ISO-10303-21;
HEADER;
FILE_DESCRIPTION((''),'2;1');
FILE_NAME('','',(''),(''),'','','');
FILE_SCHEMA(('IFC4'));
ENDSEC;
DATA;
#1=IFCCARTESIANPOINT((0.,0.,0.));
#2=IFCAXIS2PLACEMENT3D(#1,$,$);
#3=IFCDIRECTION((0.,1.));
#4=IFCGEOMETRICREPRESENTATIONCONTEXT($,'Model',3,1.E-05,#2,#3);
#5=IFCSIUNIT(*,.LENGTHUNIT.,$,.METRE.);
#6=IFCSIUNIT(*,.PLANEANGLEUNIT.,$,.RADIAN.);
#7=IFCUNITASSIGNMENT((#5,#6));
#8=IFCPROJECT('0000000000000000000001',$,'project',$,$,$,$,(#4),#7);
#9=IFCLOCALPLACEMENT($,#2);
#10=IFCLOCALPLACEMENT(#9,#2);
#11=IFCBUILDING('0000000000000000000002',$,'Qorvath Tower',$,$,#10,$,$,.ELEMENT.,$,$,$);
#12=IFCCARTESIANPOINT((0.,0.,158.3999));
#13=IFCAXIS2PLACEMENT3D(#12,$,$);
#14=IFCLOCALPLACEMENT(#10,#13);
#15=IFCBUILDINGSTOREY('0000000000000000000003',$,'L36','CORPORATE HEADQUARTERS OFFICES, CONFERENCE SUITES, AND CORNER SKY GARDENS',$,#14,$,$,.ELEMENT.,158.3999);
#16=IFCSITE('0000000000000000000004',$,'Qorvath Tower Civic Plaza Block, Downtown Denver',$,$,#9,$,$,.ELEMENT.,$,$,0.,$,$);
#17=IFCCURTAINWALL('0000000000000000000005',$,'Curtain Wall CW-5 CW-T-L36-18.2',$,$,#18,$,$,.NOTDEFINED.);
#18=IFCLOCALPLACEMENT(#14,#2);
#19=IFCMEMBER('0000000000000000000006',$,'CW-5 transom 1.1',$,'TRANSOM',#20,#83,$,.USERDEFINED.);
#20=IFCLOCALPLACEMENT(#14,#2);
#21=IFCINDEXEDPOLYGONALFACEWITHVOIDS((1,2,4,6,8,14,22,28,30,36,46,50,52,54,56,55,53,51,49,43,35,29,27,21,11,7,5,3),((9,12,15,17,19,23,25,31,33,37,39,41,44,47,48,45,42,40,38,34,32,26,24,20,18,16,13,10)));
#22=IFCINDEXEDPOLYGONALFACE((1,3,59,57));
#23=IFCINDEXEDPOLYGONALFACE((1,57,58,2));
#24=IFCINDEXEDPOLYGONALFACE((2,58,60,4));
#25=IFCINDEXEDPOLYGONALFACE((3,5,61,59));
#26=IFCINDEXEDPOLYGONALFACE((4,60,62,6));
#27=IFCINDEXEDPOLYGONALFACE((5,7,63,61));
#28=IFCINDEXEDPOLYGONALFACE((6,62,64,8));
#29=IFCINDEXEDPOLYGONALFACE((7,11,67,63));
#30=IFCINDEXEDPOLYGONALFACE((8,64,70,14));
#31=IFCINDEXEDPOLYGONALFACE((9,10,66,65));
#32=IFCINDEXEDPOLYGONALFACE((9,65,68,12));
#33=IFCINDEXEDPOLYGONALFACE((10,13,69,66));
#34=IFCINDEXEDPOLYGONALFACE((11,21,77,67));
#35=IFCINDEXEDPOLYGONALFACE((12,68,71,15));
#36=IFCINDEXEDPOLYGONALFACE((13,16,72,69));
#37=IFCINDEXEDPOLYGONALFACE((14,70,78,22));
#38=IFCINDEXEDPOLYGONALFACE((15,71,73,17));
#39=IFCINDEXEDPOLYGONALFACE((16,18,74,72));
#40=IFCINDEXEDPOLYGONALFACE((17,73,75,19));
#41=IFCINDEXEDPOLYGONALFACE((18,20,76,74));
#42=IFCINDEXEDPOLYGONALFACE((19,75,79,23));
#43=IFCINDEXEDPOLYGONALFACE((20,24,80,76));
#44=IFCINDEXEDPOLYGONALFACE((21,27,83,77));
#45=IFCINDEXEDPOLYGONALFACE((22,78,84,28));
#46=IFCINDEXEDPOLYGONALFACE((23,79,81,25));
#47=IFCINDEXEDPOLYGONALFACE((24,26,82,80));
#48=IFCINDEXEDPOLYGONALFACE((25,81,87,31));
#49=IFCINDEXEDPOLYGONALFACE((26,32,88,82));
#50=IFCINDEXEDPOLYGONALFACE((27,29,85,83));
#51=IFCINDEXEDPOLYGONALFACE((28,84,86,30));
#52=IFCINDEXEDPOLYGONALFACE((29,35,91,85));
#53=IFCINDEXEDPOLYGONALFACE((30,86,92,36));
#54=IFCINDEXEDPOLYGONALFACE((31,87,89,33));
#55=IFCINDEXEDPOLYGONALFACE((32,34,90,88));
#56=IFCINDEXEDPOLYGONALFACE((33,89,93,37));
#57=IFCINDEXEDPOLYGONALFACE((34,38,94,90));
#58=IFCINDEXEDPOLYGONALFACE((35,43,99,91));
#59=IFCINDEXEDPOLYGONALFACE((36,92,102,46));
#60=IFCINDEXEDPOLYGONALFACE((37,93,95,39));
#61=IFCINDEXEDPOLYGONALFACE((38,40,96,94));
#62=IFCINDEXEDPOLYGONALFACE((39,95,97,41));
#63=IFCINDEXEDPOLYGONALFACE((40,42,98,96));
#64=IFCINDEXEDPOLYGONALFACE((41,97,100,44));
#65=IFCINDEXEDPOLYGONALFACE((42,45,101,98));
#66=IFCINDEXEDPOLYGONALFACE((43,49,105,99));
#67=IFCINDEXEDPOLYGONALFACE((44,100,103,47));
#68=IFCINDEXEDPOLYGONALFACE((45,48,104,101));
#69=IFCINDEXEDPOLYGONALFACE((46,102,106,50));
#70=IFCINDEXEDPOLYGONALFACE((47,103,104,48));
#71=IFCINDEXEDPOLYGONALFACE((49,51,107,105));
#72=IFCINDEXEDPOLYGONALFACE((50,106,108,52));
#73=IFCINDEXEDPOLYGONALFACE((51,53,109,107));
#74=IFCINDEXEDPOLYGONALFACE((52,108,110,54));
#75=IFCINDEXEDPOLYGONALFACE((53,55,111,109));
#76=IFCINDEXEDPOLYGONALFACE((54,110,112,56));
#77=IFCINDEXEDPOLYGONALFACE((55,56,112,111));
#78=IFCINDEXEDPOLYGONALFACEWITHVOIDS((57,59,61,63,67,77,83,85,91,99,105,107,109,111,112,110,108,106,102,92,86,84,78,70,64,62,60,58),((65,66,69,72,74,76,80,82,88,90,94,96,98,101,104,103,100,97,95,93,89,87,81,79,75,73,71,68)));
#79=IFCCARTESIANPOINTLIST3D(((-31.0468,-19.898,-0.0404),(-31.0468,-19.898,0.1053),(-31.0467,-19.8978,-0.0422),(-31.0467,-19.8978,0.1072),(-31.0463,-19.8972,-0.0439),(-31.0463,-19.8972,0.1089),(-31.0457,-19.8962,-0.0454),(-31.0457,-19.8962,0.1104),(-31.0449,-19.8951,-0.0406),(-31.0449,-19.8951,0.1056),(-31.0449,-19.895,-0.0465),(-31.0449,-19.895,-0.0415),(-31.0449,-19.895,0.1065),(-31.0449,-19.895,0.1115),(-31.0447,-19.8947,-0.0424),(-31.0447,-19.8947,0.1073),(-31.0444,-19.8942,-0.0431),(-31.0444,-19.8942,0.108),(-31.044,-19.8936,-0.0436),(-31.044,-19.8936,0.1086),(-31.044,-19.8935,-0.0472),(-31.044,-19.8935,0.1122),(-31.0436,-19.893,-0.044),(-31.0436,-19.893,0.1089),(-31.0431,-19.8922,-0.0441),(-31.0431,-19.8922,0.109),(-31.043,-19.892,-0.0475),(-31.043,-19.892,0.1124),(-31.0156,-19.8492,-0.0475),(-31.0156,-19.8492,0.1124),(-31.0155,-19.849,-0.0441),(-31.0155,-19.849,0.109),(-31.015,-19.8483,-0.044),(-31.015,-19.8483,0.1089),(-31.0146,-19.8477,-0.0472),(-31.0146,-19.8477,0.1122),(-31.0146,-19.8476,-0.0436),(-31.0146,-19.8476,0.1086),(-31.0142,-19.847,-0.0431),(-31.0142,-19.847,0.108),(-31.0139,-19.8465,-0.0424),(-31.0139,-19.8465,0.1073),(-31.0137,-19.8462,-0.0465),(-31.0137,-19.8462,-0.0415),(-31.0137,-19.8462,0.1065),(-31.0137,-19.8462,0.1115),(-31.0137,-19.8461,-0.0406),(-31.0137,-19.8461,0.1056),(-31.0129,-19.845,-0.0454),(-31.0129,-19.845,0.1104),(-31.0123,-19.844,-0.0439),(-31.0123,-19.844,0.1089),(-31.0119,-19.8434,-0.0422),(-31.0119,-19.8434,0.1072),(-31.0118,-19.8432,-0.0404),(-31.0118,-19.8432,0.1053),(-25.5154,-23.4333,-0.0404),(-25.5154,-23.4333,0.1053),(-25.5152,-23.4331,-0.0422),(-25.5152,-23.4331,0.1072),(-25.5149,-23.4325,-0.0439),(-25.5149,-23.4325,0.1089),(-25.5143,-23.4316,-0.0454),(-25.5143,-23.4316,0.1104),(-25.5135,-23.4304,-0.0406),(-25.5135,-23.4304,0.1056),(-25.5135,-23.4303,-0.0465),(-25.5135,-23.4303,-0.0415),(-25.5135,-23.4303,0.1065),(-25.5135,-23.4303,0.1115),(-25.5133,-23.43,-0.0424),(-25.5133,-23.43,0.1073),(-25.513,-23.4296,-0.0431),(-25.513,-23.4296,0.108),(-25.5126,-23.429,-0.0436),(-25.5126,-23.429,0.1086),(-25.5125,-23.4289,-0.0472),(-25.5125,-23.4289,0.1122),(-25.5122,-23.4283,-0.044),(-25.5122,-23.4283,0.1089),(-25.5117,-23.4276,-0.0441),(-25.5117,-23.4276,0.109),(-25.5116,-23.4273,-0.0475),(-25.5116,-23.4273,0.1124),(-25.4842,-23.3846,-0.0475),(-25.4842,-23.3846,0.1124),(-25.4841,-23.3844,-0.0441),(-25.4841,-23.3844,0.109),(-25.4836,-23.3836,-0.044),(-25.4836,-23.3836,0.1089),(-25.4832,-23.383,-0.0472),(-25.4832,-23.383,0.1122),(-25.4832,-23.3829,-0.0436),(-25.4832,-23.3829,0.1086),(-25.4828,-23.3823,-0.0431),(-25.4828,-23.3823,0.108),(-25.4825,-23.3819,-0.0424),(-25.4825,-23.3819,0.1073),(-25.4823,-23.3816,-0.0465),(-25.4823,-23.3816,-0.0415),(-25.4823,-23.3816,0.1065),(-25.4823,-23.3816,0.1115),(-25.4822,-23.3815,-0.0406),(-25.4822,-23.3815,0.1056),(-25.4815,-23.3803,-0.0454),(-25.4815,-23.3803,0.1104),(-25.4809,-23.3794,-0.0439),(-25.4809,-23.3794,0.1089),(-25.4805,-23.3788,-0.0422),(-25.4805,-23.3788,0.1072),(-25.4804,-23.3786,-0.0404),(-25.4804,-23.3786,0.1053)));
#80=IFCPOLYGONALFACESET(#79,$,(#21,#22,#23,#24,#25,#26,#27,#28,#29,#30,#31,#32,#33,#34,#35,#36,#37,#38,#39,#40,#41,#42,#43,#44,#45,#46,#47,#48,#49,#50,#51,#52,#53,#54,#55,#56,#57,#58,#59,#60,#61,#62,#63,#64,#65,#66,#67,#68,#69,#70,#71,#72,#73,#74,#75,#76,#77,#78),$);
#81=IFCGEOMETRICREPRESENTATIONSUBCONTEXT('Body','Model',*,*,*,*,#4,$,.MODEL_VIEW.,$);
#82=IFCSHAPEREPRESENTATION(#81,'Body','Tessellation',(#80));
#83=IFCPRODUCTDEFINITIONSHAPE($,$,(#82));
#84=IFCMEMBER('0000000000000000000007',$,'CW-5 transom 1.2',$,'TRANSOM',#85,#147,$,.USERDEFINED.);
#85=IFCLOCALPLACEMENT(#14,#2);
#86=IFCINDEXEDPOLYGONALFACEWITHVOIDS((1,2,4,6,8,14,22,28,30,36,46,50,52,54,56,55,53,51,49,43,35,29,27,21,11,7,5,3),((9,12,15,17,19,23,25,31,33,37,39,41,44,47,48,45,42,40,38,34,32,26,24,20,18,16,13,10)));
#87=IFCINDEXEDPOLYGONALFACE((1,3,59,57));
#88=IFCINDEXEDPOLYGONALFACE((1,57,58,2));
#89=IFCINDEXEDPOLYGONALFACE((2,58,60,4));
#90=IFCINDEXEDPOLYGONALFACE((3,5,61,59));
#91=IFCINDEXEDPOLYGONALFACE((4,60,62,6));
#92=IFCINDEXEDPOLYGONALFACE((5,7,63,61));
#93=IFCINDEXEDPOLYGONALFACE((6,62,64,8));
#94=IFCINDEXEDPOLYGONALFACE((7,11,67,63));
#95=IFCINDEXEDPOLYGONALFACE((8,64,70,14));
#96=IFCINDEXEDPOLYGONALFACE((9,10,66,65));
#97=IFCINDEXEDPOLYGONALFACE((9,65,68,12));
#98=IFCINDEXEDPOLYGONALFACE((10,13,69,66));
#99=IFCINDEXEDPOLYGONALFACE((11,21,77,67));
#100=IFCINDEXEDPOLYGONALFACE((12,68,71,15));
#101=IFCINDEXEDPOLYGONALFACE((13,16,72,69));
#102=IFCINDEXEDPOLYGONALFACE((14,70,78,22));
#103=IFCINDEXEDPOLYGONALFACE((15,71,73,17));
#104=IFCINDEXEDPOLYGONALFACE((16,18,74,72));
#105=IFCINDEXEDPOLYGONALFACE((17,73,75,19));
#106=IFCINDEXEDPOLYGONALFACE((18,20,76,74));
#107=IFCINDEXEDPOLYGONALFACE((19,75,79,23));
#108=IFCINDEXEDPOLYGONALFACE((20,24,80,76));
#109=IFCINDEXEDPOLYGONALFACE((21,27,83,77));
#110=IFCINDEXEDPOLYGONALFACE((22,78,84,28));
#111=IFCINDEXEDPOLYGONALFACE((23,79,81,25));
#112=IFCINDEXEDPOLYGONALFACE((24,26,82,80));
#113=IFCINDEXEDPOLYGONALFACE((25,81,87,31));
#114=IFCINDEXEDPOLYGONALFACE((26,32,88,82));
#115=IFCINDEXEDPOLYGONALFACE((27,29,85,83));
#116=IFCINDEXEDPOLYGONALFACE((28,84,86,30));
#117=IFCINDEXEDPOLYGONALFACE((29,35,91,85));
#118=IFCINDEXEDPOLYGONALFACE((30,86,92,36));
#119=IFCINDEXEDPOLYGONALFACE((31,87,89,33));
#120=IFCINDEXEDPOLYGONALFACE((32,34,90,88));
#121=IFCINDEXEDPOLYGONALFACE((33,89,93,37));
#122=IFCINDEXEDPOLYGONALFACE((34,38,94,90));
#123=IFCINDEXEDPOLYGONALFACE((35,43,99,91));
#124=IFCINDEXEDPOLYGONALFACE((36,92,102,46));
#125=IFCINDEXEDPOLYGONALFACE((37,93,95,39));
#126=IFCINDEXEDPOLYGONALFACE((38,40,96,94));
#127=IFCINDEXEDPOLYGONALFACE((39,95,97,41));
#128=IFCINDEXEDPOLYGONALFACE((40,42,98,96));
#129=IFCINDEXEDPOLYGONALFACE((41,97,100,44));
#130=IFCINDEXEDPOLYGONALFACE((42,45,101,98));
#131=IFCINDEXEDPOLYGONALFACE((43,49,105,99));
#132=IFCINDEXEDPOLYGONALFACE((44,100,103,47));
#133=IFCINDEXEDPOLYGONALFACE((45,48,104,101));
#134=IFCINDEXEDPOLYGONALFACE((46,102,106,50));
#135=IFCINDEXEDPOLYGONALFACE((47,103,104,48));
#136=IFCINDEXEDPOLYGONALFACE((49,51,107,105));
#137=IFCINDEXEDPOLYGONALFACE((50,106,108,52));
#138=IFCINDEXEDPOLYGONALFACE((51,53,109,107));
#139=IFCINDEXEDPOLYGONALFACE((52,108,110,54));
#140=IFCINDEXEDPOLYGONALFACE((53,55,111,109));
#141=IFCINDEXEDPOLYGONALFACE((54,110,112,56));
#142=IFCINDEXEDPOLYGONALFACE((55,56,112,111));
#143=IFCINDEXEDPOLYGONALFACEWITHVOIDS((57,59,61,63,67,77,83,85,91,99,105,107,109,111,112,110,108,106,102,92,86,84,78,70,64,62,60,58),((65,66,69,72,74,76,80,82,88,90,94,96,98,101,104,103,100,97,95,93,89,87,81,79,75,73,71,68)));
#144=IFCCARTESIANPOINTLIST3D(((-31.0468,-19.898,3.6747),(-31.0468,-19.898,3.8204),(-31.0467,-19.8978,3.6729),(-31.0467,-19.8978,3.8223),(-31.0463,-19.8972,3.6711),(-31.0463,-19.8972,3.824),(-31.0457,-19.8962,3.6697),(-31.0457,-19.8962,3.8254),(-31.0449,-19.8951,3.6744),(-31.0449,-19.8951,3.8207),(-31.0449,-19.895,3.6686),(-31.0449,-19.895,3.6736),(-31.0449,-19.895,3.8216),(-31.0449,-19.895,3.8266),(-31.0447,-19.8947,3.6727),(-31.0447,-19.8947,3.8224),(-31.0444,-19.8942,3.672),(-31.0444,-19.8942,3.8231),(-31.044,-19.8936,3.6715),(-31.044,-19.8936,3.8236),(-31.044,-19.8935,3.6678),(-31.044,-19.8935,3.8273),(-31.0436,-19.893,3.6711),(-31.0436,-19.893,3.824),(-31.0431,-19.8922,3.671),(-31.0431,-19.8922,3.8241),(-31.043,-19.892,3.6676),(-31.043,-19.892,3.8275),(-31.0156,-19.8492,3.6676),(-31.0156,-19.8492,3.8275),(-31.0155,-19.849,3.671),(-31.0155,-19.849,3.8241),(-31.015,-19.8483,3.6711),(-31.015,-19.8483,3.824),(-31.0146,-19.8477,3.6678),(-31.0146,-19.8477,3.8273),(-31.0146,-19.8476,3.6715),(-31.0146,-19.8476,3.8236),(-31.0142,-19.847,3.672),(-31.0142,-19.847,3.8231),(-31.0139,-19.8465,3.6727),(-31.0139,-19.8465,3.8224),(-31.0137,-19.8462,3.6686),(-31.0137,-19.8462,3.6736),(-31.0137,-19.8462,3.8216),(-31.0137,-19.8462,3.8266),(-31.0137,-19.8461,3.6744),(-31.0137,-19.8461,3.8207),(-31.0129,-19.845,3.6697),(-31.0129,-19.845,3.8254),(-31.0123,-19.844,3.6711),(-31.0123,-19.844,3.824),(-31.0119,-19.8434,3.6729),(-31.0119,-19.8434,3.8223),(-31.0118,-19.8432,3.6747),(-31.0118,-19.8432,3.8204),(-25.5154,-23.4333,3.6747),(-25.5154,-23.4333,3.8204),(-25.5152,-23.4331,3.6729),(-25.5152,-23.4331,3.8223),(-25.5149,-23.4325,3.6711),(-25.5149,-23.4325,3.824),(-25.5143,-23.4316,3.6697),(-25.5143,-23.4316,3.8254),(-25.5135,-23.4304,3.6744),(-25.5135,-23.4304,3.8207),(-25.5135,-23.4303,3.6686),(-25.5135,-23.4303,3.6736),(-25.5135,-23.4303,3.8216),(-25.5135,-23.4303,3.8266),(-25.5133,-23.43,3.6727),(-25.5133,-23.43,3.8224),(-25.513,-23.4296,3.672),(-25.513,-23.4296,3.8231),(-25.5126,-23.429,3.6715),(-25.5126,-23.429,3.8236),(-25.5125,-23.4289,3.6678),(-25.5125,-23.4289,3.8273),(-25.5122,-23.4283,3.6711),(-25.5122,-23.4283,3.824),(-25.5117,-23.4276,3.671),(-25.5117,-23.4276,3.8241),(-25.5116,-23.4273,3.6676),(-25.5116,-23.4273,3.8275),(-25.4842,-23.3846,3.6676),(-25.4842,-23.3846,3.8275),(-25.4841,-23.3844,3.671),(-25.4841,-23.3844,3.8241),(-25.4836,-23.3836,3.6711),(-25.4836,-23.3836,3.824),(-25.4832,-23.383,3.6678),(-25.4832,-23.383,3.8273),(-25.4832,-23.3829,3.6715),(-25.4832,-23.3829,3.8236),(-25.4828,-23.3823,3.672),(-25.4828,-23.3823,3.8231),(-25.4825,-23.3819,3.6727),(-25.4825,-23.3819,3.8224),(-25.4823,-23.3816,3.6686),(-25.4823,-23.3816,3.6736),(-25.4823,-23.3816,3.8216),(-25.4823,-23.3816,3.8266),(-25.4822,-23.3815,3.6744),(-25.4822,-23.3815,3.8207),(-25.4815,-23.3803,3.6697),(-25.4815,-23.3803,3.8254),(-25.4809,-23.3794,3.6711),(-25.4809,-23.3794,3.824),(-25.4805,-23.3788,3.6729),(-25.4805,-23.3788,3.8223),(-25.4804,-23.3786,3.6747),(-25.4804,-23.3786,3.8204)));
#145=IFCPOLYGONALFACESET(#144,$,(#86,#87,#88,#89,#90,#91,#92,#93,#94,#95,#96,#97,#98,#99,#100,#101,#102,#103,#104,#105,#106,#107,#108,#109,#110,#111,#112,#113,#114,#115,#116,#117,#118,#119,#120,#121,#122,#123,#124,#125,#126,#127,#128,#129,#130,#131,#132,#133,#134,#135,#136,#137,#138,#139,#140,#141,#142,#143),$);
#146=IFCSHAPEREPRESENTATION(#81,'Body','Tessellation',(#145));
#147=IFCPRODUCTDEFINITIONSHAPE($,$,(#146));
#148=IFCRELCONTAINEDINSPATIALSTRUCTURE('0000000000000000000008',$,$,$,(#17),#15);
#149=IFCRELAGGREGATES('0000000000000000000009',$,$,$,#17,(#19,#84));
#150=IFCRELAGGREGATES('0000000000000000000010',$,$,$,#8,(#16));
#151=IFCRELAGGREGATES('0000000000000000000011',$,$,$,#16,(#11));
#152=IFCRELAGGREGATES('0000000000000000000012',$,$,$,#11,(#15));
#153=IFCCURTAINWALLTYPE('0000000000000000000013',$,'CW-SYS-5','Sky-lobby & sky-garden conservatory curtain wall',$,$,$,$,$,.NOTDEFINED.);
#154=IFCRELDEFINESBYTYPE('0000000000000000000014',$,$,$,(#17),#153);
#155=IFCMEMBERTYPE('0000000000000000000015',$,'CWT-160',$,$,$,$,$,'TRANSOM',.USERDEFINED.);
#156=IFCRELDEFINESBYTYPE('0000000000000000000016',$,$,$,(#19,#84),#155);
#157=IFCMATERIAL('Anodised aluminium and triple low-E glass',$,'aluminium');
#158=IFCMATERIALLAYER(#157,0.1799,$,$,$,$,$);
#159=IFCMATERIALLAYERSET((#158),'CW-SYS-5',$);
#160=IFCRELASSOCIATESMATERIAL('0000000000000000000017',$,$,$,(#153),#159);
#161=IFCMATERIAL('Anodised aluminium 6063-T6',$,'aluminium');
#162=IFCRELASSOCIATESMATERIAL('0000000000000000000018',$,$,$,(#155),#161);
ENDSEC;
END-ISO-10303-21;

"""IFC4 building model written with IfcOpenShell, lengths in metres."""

from ifc_helpers import new_model, si_unit, direction, frame, origin, origin_2d, place, context, subcontext, project, spatial, hollow_rectangle, extrude, material, layer, layer_set, material_profile, profile_set, type_object, element, aggregate, save


model = new_model("IFC4")

# Units and contexts
model_context = context("Model", 3, precision=1e-05, world=origin(), true_north=direction((0.0, 1.0)))
body_context = subcontext(model_context, "Body", "Model", "MODEL_VIEW")
ifc_project = project(units=[si_unit("LENGTHUNIT", "METRE"), si_unit("PLANEANGLEUNIT", "RADIAN")], contexts=[model_context])

# Site, building, storey
site_placement = place(None, origin())
site = spatial("IfcSite", under=ifc_project, at=site_placement, Name="Qorvath Tower Civic Plaza Block, Downtown Denver", CompositionType="ELEMENT", RefElevation=0.0)
building_placement = place(site_placement, origin())
building = spatial("IfcBuilding", under=site, at=building_placement, Name="Qorvath Tower", CompositionType="ELEMENT")
storey_placement = place(building_placement, frame((0.0, 0.0, 158.3999)))
storey = spatial("IfcBuildingStorey", under=building, at=storey_placement, Name="L36", Description="CORPORATE HEADQUARTERS OFFICES, CONFERENCE SUITES, AND CORNER SKY GARDENS", CompositionType="ELEMENT", Elevation=158.3999)

# Curtain wall, members
ifc_material_1 = material(Name="Anodised aluminium and triple low-E glass", Category="aluminium")
ifc_layer_1 = layer(ifc_material_1, 0.1799)
ifc_layer_set_1 = layer_set([ifc_layer_1], Name="CW-SYS-5")
curtain_wall_type = type_object("IfcCurtainWallType", Name="CW-SYS-5", Description="Sky-lobby & sky-garden conservatory curtain wall", PredefinedType="NOTDEFINED", material=ifc_layer_set_1)
curtain_wall_placement = place(storey_placement, origin())
curtain_wall = element("IfcCurtainWall", 1, at=curtain_wall_placement, inside=storey, type_object=curtain_wall_type, Name="Curtain Wall CW-5 CW-T-L36-18.2", PredefinedType="NOTDEFINED")
ifc_material_2 = material(Name="Anodised aluminium 6063-T6", Category="aluminium")
ifc_material_profile_1 = material_profile(ifc_material_2, hollow_rectangle(XDim=0.0649, YDim=0.1599, WallThickness=0.0034, InnerFilletRadius=0.0034, OuterFilletRadius=0.0071, at=origin_2d()), Name="CWT 160x65")
ifc_profile_set_1 = profile_set([ifc_material_profile_1], Name="Anodised aluminium 6063-T6")
member_type_1 = type_object("IfcMemberType", Name="CWT-160", ElementType="TRANSOM", PredefinedType="USERDEFINED", material=ifc_profile_set_1)
member_1_placement = place(storey_placement, frame((-31.0293, -19.8706, 0.0325), z_axis=(0.8426, -0.53854, 0.0), x_axis=(0.53854, 0.8426, 0.0)))
member_1 = element("IfcMember", 2, at=member_1_placement, type_object=member_type_1, Name="CW-5 transom 1.1", ObjectType="TRANSOM", PredefinedType="USERDEFINED", context=body_context, shape_type="SweptSolid", body=[
    extrude(hollow_rectangle(XDim=0.0649, YDim=0.1599, WallThickness=0.0034, InnerFilletRadius=0.0034, OuterFilletRadius=0.0071, at=origin_2d()), origin(), (0.0, 0.0, 1.0), 6.5647),
])
member_2_placement = place(storey_placement, frame((-31.0293, -19.8706, 3.7476), z_axis=(0.8426, -0.53854, 0.0), x_axis=(0.53854, 0.8426, 0.0)))
member_2 = element("IfcMember", 3, at=member_2_placement, type_object=member_type_1, Name="CW-5 transom 1.2", ObjectType="TRANSOM", PredefinedType="USERDEFINED", context=body_context, shape_type="SweptSolid", body=[
    extrude(hollow_rectangle(XDim=0.0649, YDim=0.1599, WallThickness=0.0034, InnerFilletRadius=0.0034, OuterFilletRadius=0.0071, at=origin_2d()), origin(), (0.0, 0.0, 1.0), 6.5647),
])
aggregate(curtain_wall, [member_1, member_2])

save(model, "model.ifc")
